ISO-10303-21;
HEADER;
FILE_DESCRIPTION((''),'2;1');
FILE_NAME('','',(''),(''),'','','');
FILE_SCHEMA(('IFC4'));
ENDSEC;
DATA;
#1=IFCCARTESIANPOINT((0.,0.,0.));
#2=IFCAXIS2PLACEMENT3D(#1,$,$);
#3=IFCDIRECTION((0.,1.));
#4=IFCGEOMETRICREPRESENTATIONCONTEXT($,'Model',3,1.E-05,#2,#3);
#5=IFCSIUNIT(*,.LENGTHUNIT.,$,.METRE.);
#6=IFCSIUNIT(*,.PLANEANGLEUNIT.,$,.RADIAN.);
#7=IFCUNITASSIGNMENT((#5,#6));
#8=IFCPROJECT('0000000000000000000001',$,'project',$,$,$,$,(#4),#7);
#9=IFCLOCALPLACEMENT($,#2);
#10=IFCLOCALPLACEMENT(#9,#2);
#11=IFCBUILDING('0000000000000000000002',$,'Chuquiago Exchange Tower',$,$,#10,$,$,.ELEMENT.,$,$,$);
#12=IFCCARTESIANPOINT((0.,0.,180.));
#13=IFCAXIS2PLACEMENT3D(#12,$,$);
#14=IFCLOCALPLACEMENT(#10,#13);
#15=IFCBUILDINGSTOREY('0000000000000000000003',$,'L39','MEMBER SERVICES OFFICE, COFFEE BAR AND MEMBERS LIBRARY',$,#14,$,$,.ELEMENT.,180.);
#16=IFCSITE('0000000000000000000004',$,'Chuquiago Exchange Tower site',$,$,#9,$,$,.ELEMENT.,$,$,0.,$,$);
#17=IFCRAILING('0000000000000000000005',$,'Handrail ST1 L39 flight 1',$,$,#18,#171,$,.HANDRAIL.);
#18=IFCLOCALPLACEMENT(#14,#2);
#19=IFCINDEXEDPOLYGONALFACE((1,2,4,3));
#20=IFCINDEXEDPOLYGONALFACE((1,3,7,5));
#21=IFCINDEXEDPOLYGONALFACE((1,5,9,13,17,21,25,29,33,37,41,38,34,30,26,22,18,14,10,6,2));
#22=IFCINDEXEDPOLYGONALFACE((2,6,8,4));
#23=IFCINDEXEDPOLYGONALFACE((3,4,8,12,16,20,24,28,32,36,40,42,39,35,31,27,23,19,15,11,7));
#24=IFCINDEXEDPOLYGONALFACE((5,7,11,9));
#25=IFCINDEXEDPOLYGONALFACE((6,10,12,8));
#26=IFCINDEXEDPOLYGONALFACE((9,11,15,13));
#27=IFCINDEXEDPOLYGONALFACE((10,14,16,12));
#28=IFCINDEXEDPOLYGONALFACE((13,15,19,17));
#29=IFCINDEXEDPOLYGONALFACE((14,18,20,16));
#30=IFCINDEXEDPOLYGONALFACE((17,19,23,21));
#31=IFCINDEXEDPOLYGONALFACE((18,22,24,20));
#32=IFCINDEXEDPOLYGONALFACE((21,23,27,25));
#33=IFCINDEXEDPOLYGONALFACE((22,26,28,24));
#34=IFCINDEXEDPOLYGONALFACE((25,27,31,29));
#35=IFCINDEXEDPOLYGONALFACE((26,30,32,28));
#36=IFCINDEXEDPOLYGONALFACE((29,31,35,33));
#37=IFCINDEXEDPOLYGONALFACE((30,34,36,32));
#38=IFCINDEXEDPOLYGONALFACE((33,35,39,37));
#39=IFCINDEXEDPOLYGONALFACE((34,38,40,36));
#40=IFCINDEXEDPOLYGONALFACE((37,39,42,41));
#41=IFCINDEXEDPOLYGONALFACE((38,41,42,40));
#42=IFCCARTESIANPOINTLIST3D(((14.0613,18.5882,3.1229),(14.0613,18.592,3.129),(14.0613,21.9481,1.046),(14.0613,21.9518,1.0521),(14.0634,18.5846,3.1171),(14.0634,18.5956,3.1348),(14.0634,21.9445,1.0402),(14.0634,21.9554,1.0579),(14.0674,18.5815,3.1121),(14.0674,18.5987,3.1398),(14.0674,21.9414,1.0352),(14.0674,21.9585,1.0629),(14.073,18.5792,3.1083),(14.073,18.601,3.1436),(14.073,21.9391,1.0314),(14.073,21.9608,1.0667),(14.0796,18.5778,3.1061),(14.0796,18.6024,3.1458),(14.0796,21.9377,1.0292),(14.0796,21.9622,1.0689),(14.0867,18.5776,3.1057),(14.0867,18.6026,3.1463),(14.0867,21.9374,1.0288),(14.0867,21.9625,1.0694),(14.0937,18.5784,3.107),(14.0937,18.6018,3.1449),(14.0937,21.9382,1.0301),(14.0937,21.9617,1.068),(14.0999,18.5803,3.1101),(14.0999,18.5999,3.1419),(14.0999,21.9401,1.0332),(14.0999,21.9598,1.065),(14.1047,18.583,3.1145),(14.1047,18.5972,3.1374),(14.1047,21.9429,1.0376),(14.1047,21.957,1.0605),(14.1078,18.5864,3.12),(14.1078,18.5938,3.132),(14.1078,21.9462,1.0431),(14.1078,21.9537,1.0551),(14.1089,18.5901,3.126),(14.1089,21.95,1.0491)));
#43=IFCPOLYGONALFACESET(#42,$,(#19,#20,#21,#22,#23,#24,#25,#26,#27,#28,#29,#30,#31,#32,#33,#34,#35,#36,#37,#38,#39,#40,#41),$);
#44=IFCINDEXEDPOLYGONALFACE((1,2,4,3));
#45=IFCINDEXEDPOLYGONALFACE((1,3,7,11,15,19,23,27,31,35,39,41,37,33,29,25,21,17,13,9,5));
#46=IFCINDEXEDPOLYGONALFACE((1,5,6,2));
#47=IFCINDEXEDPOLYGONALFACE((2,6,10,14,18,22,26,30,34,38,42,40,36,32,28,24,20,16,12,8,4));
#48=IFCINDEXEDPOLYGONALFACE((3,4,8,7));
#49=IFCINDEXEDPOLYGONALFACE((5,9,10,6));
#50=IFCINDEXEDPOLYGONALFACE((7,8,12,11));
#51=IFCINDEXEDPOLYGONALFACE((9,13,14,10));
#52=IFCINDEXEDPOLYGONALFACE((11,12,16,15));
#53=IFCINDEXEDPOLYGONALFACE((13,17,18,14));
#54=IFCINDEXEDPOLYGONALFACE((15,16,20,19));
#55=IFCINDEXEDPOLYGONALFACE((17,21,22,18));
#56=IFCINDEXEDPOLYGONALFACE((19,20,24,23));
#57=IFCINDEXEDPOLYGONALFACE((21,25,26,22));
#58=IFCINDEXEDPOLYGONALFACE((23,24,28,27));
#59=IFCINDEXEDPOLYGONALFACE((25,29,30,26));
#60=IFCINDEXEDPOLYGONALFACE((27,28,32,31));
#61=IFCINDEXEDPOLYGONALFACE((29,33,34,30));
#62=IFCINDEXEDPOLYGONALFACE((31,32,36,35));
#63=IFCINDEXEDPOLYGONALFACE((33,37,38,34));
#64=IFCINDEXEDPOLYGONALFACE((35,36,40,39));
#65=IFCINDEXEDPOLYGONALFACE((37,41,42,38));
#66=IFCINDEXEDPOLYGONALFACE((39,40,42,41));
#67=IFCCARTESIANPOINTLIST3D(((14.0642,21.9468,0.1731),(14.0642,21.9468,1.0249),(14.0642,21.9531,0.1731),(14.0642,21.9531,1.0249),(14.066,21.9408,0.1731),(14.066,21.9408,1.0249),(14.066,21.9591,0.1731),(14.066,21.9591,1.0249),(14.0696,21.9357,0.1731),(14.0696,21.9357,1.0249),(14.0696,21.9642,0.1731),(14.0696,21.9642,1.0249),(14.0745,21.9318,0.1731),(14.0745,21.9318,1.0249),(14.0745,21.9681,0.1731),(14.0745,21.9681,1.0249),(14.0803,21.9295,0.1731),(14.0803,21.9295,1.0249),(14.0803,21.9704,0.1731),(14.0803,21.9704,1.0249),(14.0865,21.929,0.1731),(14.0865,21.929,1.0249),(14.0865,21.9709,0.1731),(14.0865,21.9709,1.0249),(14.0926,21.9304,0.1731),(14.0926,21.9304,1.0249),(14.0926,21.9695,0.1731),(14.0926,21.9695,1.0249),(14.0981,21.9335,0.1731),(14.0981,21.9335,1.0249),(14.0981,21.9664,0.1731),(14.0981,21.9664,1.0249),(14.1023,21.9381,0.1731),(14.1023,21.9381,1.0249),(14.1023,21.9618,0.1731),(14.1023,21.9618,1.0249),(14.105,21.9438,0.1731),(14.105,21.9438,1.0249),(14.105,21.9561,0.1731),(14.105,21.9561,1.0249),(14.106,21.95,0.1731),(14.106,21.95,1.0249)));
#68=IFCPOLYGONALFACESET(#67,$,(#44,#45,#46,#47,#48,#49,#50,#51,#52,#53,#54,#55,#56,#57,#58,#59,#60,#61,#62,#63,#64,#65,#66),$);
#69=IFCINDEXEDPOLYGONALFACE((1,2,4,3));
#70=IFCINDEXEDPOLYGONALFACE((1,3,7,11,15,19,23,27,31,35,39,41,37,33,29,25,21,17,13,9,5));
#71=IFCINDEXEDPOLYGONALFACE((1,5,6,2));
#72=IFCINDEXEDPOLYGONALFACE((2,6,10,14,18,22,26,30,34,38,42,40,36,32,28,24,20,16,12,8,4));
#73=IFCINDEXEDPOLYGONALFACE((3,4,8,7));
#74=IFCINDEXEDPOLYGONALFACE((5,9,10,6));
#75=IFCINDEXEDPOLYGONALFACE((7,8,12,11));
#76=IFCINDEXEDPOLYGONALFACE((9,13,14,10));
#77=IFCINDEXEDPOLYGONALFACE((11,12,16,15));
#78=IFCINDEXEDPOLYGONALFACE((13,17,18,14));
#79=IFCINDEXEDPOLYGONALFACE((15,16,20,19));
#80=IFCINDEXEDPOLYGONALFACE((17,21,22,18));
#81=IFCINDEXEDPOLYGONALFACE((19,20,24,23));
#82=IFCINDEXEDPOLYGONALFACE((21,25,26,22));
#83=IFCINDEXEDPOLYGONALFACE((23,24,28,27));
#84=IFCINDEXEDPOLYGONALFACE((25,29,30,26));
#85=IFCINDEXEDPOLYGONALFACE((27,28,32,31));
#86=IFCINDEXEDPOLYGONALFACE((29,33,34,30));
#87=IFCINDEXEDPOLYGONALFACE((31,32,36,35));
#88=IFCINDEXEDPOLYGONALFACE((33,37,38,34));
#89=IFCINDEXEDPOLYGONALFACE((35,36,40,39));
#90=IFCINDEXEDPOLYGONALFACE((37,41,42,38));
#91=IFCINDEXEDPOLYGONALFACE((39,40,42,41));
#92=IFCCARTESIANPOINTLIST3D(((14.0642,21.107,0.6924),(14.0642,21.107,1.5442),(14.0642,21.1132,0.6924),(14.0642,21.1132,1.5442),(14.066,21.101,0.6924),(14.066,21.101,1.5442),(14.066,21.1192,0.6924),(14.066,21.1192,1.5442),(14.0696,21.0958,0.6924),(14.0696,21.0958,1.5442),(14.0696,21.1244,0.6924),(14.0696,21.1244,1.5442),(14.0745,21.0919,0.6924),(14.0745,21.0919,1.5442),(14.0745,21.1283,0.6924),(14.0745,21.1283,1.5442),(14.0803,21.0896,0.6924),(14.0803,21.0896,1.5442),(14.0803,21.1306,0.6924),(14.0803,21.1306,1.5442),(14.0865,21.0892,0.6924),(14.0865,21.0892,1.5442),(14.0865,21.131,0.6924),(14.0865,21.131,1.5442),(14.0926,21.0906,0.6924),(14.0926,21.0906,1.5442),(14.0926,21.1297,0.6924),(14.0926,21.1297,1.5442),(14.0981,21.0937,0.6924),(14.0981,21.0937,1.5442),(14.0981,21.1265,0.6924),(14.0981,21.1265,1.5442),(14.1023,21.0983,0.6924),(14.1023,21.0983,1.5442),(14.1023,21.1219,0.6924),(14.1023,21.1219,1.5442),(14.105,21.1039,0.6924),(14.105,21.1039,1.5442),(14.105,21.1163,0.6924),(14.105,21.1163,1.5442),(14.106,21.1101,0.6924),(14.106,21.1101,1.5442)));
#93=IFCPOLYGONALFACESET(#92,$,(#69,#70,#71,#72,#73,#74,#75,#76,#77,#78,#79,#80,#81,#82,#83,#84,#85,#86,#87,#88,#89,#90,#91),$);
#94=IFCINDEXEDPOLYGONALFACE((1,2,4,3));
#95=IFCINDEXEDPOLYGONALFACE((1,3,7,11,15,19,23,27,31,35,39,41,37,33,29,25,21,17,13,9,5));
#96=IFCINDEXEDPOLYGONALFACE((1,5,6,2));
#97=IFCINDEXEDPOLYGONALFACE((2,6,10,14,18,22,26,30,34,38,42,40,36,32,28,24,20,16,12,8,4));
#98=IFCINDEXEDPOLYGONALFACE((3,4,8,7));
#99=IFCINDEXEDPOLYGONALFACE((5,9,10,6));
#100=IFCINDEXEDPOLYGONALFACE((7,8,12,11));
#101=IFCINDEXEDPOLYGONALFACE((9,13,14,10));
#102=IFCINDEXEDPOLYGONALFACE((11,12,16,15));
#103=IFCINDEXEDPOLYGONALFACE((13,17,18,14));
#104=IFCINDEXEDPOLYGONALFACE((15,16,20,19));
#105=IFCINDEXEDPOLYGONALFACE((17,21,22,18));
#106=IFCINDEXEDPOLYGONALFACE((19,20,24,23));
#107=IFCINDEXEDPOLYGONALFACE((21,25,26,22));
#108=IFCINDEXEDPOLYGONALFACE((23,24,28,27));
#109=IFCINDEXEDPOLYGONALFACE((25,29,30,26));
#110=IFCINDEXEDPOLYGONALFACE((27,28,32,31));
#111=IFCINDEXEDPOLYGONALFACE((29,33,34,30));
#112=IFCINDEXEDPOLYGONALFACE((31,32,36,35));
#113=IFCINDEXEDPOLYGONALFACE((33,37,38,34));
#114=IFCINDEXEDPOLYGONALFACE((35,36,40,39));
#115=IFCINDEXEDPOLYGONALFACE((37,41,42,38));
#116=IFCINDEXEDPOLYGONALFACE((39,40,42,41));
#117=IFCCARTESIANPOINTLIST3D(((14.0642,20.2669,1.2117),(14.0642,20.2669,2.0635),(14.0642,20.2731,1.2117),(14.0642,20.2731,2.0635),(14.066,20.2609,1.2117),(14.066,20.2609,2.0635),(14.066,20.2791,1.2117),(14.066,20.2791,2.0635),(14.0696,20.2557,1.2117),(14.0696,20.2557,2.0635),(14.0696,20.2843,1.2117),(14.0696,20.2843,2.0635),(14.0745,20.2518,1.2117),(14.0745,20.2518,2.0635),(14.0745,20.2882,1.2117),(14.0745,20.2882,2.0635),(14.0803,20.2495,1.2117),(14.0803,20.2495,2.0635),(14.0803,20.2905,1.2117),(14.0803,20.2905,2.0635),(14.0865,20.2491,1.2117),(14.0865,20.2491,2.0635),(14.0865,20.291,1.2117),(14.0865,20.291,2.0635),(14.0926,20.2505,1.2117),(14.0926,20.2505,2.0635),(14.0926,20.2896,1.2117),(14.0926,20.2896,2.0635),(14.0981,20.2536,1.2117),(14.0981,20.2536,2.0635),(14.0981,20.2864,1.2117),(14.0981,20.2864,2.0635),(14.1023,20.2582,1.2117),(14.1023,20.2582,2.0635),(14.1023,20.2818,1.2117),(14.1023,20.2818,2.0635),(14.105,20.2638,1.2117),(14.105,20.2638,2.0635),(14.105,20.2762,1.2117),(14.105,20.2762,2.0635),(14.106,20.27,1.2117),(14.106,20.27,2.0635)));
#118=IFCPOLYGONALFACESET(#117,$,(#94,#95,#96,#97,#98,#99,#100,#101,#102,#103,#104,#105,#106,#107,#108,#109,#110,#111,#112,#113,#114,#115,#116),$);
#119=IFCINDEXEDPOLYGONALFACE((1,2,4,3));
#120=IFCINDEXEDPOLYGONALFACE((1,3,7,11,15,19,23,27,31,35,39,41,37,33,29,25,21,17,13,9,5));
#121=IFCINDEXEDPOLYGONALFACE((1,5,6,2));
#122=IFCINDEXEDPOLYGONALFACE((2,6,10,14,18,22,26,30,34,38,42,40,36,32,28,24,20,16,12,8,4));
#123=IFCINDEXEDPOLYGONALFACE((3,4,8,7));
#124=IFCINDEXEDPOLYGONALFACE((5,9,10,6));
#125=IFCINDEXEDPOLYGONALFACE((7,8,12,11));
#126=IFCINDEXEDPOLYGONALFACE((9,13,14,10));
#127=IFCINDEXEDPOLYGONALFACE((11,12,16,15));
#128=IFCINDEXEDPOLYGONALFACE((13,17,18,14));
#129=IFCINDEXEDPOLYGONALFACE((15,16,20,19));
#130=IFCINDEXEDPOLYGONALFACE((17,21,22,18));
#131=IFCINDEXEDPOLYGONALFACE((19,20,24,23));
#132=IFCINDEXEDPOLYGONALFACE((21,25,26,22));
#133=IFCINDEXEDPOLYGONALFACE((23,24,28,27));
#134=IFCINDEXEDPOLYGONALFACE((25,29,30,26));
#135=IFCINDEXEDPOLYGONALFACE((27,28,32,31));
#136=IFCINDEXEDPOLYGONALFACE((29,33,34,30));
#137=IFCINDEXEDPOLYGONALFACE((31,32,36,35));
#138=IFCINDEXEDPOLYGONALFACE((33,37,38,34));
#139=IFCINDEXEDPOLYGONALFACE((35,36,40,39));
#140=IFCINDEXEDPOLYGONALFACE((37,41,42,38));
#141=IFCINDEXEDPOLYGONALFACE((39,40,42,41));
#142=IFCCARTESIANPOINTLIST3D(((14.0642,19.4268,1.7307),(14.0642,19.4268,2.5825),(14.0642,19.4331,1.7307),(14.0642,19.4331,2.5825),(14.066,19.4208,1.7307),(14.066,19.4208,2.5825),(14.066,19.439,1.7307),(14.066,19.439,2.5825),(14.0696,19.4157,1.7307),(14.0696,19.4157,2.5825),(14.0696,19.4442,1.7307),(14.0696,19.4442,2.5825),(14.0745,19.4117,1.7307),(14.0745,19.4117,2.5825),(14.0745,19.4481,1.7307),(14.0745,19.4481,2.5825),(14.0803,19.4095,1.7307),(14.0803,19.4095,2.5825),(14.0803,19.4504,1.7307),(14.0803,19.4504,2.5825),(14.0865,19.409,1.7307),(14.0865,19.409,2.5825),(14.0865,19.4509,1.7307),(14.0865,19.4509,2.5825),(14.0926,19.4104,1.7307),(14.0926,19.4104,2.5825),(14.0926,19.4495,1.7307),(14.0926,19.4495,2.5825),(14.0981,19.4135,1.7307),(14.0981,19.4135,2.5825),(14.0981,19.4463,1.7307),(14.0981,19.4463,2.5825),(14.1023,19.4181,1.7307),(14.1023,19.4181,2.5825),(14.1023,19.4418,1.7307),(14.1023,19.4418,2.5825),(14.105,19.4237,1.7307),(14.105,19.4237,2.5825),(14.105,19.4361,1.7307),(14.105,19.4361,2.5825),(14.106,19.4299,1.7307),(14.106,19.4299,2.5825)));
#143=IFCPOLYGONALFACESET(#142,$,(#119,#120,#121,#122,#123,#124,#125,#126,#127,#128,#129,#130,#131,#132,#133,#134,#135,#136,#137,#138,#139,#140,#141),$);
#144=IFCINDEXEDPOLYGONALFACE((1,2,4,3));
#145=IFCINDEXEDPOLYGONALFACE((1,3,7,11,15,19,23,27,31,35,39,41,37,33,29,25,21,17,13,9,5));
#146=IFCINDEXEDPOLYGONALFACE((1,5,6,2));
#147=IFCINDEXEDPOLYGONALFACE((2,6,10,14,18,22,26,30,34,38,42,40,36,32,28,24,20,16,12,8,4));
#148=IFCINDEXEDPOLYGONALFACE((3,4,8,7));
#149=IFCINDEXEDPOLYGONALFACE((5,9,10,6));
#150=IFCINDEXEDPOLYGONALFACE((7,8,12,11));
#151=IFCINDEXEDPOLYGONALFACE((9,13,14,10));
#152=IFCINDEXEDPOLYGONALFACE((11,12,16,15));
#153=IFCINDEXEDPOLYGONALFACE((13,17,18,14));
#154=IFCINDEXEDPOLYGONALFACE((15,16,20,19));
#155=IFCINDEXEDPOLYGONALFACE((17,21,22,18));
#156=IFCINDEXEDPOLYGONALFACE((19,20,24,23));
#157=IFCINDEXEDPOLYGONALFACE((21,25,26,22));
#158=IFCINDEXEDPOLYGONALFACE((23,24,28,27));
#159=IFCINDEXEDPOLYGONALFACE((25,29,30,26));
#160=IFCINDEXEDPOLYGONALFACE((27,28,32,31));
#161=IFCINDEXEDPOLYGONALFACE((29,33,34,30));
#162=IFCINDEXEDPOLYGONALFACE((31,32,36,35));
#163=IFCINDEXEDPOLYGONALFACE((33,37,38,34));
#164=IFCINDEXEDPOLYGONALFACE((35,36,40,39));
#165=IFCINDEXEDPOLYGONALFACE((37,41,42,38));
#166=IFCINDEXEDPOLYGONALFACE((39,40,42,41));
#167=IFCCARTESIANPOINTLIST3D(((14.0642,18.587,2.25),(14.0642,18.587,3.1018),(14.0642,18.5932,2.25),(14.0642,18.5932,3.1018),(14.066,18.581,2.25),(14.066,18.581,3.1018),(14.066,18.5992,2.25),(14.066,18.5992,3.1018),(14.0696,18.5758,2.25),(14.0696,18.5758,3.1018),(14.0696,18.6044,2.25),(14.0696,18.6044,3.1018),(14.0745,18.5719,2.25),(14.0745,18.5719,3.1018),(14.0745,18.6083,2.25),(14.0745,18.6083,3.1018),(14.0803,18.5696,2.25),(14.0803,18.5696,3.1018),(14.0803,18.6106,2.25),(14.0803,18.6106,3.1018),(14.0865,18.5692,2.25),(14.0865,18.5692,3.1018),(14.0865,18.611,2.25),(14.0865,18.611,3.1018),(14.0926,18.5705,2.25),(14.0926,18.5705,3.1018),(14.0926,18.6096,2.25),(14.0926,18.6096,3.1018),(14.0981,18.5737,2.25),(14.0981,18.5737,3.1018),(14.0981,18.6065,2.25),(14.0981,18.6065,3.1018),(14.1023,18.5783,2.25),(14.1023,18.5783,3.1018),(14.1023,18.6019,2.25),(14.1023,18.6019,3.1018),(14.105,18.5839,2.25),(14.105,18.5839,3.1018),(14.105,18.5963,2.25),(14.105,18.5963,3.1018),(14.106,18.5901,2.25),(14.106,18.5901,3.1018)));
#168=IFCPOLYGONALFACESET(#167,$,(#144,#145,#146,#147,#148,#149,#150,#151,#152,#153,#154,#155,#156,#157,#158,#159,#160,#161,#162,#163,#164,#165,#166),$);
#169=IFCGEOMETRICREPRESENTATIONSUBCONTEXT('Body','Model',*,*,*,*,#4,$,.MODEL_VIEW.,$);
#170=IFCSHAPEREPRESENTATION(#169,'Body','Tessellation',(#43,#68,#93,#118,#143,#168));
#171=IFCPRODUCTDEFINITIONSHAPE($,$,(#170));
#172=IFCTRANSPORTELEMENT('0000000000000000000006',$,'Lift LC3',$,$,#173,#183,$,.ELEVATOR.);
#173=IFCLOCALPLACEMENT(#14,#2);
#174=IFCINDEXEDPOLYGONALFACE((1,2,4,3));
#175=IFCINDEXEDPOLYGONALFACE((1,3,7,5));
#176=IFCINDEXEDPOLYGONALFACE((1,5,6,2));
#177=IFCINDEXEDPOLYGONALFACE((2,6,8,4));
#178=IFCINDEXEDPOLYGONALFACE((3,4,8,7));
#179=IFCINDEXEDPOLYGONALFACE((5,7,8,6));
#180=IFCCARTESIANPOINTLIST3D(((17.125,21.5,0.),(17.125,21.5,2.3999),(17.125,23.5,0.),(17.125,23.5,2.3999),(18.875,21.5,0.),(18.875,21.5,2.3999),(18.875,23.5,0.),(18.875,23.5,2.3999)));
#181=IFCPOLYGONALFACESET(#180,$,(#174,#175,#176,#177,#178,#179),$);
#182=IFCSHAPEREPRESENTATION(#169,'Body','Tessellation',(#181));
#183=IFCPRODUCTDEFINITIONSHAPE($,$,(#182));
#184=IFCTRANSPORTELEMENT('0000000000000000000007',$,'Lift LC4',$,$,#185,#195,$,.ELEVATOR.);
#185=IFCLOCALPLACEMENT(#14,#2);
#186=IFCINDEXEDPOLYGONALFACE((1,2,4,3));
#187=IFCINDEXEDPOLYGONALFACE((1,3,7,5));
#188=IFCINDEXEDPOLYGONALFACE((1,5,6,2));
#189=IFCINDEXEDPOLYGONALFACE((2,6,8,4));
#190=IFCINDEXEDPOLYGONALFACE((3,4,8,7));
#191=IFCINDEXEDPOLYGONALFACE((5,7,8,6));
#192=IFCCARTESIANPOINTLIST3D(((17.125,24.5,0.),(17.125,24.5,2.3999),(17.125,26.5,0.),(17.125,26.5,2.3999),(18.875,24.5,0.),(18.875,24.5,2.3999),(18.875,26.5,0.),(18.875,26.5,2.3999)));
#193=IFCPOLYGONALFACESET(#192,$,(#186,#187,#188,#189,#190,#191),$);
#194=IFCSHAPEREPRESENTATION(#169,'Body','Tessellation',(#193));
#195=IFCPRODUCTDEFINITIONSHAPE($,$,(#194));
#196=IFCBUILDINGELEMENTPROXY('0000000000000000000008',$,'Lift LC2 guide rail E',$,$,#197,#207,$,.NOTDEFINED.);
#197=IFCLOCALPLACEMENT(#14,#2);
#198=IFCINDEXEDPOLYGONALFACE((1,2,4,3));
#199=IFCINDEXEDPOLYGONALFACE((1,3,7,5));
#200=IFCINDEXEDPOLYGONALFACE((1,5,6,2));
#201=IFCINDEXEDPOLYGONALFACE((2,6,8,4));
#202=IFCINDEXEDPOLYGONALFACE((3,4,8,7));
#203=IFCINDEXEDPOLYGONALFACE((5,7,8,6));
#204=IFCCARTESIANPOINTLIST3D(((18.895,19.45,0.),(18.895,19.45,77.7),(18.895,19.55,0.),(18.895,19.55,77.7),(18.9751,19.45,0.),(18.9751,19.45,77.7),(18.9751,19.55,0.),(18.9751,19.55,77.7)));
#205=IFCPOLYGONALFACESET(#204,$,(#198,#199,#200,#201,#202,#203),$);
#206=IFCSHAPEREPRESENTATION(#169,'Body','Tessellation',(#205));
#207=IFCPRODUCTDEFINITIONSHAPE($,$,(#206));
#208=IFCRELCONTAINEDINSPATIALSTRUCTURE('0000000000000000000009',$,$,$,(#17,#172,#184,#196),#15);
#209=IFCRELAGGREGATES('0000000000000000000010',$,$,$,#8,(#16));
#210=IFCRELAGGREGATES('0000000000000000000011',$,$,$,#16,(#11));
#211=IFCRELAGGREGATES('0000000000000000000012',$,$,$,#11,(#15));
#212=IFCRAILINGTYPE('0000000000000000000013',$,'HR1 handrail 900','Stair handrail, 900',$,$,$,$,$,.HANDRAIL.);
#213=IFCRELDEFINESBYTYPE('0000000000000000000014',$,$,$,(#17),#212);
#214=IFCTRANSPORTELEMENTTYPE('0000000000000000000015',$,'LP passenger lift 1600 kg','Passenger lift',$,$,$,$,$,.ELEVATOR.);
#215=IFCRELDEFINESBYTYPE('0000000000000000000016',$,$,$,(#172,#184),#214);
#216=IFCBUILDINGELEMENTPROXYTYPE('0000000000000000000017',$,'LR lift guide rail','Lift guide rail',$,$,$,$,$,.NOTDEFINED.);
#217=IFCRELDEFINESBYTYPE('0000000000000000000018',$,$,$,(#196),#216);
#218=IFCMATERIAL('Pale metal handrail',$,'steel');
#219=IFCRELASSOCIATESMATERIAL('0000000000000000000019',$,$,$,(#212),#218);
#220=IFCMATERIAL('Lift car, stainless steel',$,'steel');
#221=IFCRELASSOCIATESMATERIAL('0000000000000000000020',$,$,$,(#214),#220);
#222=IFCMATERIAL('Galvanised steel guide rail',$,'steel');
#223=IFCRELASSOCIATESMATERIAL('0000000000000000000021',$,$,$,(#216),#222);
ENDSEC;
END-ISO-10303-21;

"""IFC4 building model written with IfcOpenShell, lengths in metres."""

from ifc_helpers import new_model, si_unit, direction, frame, origin, origin_2d, place, context, subcontext, project, spatial, rectangle, circle, extrude, material, type_object, element, save


model = new_model("IFC4")

# Units and contexts
model_context = context("Model", 3, precision=1e-05, world=origin(), true_north=direction((0.0, 1.0)))
body_context = subcontext(model_context, "Body", "Model", "MODEL_VIEW")
ifc_project = project(units=[si_unit("LENGTHUNIT", "METRE"), si_unit("PLANEANGLEUNIT", "RADIAN")], contexts=[model_context])

# Site, building, storey
site_placement = place(None, origin())
site = spatial("IfcSite", under=ifc_project, at=site_placement, Name="Chuquiago Exchange Tower site", CompositionType="ELEMENT", RefElevation=0.0)
building_placement = place(site_placement, origin())
building = spatial("IfcBuilding", under=site, at=building_placement, Name="Chuquiago Exchange Tower", CompositionType="ELEMENT")
storey_placement = place(building_placement, frame((0.0, 0.0, 180.0)))
storey = spatial("IfcBuildingStorey", under=building, at=storey_placement, Name="L39", Description="MEMBER SERVICES OFFICE, COFFEE BAR AND MEMBERS LIBRARY", CompositionType="ELEMENT", Elevation=180.0)

# Railing
ifc_material_1 = material(Name="Pale metal handrail", Category="steel")
railing_type = type_object("IfcRailingType", Name="HR1 handrail 900", Description="Stair handrail, 900", PredefinedType="HANDRAIL", material=ifc_material_1)
for number, where, name in (
    (1, (14.085, 21.95, 0.1731), "Handrail ST1 L39 flight 1"),
):
    element("IfcRailing", number, at=place(storey_placement, frame(where)), inside=storey, type_object=railing_type, Name=name, PredefinedType="HANDRAIL", context=body_context, shape_type="SweptSolid", body=[
        extrude(circle(Radius=0.0239, at=origin_2d()), frame((0.0, 0.0, 0.876), z_axis=(0.0, -0.850606, 0.525803), x_axis=(1.0, 0.0, 0.0)), (0.0, 0.0, 1.0), 3.95),
        extrude(circle(Radius=0.021, at=origin_2d()), origin(), (0.0, 0.0, 1.0), 0.8518),
        extrude(circle(Radius=0.021, at=origin_2d()), frame((0.0, -0.8398, 0.5193)), (0.0, 0.0, 1.0), 0.8518),
        extrude(circle(Radius=0.021, at=origin_2d()), frame((0.0, -1.6799, 1.0386)), (0.0, 0.0, 1.0), 0.8518),
        extrude(circle(Radius=0.021, at=origin_2d()), frame((0.0, -2.52, 1.5576)), (0.0, 0.0, 1.0), 0.8518),
        extrude(circle(Radius=0.021, at=origin_2d()), frame((0.0, -3.3599, 2.0769)), (0.0, 0.0, 1.0), 0.8518),
    ])

# Transport elements
ifc_material_2 = material(Name="Lift car, stainless steel", Category="steel")
transport_element_type = type_object("IfcTransportElementType", Name="LP passenger lift 1600 kg", Description="Passenger lift", PredefinedType="ELEVATOR", material=ifc_material_2)
for number, where, z_axis, x_axis, name in (
    (2, (18.0, 22.5, 0.0), (0.0, 0.0, 1.0), (1.0, 0.0, 0.0), "Lift LC3"),
    (3, (18.0, 25.5, 0.0), (0.0, 0.0, 1.0), (1.0, 0.0, 0.0), "Lift LC4"),
):
    element("IfcTransportElement", number, at=place(storey_placement, frame(where, z_axis=z_axis, x_axis=x_axis)), inside=storey, type_object=transport_element_type, Name=name, PredefinedType="ELEVATOR", context=body_context, shape_type="SweptSolid", body=[
        extrude(rectangle(XDim=1.75, YDim=2.0, at=origin_2d()), origin(), (0.0, 0.0, 1.0), 2.3999),
    ])

# Building element proxy
ifc_material_3 = material(Name="Galvanised steel guide rail", Category="steel")
building_element_proxy_type = type_object("IfcBuildingElementProxyType", Name="LR lift guide rail", Description="Lift guide rail", PredefinedType="NOTDEFINED", material=ifc_material_3)
for number, where, z_axis, x_axis, name in (
    (4, (18.9351, 19.5, 0.0), (0.0, 0.0, 1.0), (1.0, 0.0, 0.0), "Lift LC2 guide rail E"),
):
    element("IfcBuildingElementProxy", number, at=place(storey_placement, frame(where, z_axis=z_axis, x_axis=x_axis)), inside=storey, type_object=building_element_proxy_type, Name=name, PredefinedType="NOTDEFINED", context=body_context, shape_type="SweptSolid", body=[
        extrude(rectangle(XDim=0.0801, YDim=0.1001, at=origin_2d()), origin(), (0.0, 0.0, 1.0), 77.7),
    ])

save(model, "model.ifc")
